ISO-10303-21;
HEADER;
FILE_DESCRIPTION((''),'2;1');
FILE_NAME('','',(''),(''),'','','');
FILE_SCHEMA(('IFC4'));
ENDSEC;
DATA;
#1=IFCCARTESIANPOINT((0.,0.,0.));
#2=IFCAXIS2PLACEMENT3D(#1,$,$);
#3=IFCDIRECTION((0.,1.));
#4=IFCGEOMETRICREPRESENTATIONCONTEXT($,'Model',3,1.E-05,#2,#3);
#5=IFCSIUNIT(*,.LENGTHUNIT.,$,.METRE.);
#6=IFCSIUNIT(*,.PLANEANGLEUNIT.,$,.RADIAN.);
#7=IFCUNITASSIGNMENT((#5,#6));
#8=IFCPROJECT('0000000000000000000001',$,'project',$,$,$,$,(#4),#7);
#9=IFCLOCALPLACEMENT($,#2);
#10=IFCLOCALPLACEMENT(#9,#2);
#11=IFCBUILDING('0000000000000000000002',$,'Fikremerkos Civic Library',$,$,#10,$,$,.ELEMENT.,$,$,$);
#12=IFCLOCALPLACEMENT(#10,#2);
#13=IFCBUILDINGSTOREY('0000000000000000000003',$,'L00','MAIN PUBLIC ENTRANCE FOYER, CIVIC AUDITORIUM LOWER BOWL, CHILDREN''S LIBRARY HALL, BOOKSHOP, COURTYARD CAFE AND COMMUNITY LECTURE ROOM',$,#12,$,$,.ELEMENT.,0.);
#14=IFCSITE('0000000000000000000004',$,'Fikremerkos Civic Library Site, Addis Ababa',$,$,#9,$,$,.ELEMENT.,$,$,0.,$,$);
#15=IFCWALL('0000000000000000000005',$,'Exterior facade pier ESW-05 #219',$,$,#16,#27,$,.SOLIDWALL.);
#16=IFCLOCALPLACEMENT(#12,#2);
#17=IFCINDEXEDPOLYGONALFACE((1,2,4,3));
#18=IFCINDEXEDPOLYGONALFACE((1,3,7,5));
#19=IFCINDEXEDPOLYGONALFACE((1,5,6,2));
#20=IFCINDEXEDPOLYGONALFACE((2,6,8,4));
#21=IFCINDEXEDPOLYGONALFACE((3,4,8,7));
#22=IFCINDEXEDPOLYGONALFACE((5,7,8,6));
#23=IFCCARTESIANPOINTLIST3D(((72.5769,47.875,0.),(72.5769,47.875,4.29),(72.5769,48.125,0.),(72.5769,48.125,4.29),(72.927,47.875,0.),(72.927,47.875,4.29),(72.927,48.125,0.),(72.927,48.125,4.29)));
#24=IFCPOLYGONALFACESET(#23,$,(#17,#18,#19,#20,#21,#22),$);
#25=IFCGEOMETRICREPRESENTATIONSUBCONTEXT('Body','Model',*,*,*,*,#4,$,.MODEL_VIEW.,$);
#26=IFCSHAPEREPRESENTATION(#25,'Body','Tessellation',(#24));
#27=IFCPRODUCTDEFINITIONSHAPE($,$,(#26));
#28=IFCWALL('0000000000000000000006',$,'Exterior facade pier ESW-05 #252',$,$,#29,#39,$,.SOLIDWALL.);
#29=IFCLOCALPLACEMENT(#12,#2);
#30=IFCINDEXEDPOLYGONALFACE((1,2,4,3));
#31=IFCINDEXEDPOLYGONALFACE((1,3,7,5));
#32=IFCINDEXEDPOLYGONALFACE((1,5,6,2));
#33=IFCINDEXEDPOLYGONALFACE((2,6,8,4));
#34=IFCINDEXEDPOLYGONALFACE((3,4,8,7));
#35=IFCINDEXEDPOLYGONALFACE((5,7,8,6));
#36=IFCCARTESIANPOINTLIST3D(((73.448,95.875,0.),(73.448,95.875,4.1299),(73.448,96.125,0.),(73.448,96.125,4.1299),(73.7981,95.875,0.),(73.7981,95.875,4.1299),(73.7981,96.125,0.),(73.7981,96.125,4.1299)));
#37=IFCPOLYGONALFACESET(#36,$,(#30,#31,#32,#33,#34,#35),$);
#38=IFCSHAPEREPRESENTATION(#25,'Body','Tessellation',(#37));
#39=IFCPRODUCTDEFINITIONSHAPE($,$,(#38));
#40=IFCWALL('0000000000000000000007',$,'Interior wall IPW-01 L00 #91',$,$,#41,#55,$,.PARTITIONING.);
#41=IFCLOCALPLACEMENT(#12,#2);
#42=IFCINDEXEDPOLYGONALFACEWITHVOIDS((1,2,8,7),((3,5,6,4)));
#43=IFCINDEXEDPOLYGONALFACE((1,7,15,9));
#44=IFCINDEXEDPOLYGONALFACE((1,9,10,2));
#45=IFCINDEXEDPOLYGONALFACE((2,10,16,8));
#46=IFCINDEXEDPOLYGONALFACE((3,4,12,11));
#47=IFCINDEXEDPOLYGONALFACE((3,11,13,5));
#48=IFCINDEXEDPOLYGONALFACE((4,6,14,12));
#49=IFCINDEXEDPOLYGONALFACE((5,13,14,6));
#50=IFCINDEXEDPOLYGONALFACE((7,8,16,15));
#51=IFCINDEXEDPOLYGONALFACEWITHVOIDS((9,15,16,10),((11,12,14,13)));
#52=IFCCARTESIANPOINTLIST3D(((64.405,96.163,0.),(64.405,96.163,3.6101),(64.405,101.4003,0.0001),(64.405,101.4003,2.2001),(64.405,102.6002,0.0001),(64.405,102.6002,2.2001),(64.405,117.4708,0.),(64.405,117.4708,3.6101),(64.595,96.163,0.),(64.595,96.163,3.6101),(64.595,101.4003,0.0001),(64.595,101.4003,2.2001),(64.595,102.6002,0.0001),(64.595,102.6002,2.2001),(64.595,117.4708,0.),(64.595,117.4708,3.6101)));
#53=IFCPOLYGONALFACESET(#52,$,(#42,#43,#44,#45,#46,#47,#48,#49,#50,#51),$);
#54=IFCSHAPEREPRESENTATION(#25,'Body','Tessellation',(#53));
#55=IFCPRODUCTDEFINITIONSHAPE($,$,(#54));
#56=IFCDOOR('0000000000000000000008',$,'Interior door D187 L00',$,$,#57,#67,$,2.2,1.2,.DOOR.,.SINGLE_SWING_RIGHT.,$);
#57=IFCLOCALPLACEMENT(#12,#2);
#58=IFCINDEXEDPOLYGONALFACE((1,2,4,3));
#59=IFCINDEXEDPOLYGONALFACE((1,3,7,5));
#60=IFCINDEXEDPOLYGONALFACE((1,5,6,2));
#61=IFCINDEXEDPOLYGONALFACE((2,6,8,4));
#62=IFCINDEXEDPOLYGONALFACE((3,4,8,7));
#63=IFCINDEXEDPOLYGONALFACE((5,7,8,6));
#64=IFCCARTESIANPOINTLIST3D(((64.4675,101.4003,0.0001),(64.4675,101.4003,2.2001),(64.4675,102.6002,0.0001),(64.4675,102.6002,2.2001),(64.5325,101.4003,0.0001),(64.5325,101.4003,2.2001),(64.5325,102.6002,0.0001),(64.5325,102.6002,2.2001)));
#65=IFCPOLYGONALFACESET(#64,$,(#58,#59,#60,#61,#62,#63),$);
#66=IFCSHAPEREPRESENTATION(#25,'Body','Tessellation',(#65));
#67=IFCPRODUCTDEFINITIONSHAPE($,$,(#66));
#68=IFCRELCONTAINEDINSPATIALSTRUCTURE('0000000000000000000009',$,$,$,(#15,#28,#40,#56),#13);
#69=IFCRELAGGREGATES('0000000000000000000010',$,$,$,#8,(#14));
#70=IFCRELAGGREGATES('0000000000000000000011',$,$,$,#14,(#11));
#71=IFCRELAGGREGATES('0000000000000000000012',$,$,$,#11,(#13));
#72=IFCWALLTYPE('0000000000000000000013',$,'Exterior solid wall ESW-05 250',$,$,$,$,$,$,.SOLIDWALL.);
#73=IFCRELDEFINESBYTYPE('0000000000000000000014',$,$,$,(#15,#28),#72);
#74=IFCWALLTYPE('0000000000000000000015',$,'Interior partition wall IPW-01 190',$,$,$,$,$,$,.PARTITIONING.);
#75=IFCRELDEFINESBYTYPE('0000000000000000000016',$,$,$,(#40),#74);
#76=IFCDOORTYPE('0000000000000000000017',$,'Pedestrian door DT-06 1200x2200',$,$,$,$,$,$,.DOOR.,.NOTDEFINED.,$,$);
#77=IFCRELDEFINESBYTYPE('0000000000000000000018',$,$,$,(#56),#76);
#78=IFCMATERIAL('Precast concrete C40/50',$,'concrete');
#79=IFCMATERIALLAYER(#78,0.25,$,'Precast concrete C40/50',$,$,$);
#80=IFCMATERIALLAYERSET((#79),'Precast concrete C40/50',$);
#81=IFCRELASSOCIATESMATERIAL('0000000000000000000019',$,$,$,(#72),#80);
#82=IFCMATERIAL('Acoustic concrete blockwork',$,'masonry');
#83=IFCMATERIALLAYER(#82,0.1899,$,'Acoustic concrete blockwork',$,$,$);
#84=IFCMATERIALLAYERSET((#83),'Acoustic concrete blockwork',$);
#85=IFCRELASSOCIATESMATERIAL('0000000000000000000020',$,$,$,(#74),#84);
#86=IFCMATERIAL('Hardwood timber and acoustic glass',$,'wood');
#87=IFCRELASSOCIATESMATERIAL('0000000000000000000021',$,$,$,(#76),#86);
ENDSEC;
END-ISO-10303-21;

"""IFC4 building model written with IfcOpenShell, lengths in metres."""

from ifc_helpers import new_model, si_unit, direction, frame, frame_2d, origin, place, context, subcontext, project, spatial, rectangle, extrude, material, layer, layer_set, type_object, element, fill, save


model = new_model("IFC4")

# Units and contexts
model_context = context("Model", 3, precision=1e-05, world=origin(), true_north=direction((0.0, 1.0)))
body_context = subcontext(model_context, "Body", "Model", "MODEL_VIEW")
ifc_project = project(units=[si_unit("LENGTHUNIT", "METRE"), si_unit("PLANEANGLEUNIT", "RADIAN")], contexts=[model_context])

# Site, building, storey
site_placement = place(None, origin())
site = spatial("IfcSite", under=ifc_project, at=site_placement, Name="Fikremerkos Civic Library Site, Addis Ababa", CompositionType="ELEMENT", RefElevation=0.0)
building_placement = place(site_placement, origin())
building = spatial("IfcBuilding", under=site, at=building_placement, Name="Fikremerkos Civic Library", CompositionType="ELEMENT")
storey_placement = place(building_placement, origin())
storey = spatial("IfcBuildingStorey", under=building, at=storey_placement, Name="L00", Description="MAIN PUBLIC ENTRANCE FOYER, CIVIC AUDITORIUM LOWER BOWL, CHILDREN'S LIBRARY HALL, BOOKSHOP, COURTYARD CAFE AND COMMUNITY LECTURE ROOM", CompositionType="ELEMENT", Elevation=0.0)

# Shared definitions
ifc_material_1 = material(Name="Precast concrete C40/50", Category="concrete")

# Walls
ifc_layer_1 = layer(ifc_material_1, 0.25, Name="Precast concrete C40/50")
ifc_layer_set_1 = layer_set([ifc_layer_1], Name="Precast concrete C40/50")
wall_type_1 = type_object("IfcWallType", Name="Exterior solid wall ESW-05 250", PredefinedType="SOLIDWALL", material=ifc_layer_set_1)
wall_1_placement = place(storey_placement, frame((72.5769, 48.0, 0.0), z_axis=(0.0, 0.0, 1.0), x_axis=(1.0, 0.0, 0.0)))
element("IfcWall", 1, at=wall_1_placement, inside=storey, type_object=wall_type_1, Name="Exterior facade pier ESW-05 #219", PredefinedType="SOLIDWALL", context=body_context, shape_type="SweptSolid", body=[
    extrude(rectangle(XDim=0.3501, YDim=0.25, at=frame_2d((0.175, 0.0))), origin(), (0.0, 0.0, 1.0), 4.29),
])
wall_2_placement = place(storey_placement, frame((73.7981, 96.0, 0.0), z_axis=(0.0, 0.0, 1.0), x_axis=(-1.0, 0.0, 0.0)))
element("IfcWall", 2, at=wall_2_placement, inside=storey, type_object=wall_type_1, Name="Exterior facade pier ESW-05 #252", PredefinedType="SOLIDWALL", context=body_context, shape_type="SweptSolid", body=[
    extrude(rectangle(XDim=0.3501, YDim=0.25, at=frame_2d((0.175, 0.0))), origin(), (0.0, 0.0, 1.0), 4.1299),
])

# Wall, opening, door
ifc_material_2 = material(Name="Acoustic concrete blockwork", Category="masonry")
ifc_layer_2 = layer(ifc_material_2, 0.1899, Name="Acoustic concrete blockwork")
ifc_layer_set_2 = layer_set([ifc_layer_2], Name="Acoustic concrete blockwork")
wall_type_2 = type_object("IfcWallType", Name="Interior partition wall IPW-01 190", PredefinedType="PARTITIONING", material=ifc_layer_set_2)
wall_3_placement = place(storey_placement, frame((64.5, 96.1631, 0.0), z_axis=(0.0, 0.0, 1.0), x_axis=(0.0, 1.0, 0.0)))
wall_3 = element("IfcWall", 3, at=wall_3_placement, inside=storey, type_object=wall_type_2, Name="Interior wall IPW-01 L00 #91", PredefinedType="PARTITIONING", context=body_context, shape_type="SweptSolid", body=[
    extrude(rectangle(XDim=21.3079, YDim=0.1899, at=frame_2d((10.6538, 0.0))), origin(), (0.0, 0.0, 1.0), 3.6101),
])
opening_1_placement = place(wall_3_placement, frame((5.2371, 0.0, 0.0)))
opening_1 = element("IfcOpeningElement", 4, at=opening_1_placement, cuts=wall_3, PredefinedType="OPENING", context=body_context, shape_type="SweptSolid", body=[
    extrude(rectangle(XDim=1.2, YDim=2.2, at=frame_2d((0.6001, 1.1001))), frame((0.0, 0.105, 0.0), z_axis=(0.0, -1.0, 0.0), x_axis=(1.0, 0.0, 0.0)), (0.0, 0.0, 1.0), 0.21),
])
ifc_material_3 = material(Name="Hardwood timber and acoustic glass", Category="wood")
door_type_1 = type_object("IfcDoorType", Name="Pedestrian door DT-06 1200x2200", OperationType="NOTDEFINED", PredefinedType="DOOR", material=ifc_material_3)
door_1_placement = place(opening_1_placement, origin())
door_1 = element("IfcDoor", 5, at=door_1_placement, inside=storey, type_object=door_type_1, Name="Interior door D187 L00", OperationType="SINGLE_SWING_RIGHT", OverallHeight=2.2, OverallWidth=1.2, PredefinedType="DOOR", context=body_context, shape_type="SweptSolid", body=[
    extrude(rectangle(XDim=1.2, YDim=2.2, at=frame_2d((0.6001, 1.1001))), frame((0.0, 0.0325, 0.0), z_axis=(0.0, -1.0, 0.0), x_axis=(1.0, 0.0, 0.0)), (0.0, 0.0, 1.0), 0.0649),
])
fill(opening_1, door_1)

save(model, "model.ifc")
